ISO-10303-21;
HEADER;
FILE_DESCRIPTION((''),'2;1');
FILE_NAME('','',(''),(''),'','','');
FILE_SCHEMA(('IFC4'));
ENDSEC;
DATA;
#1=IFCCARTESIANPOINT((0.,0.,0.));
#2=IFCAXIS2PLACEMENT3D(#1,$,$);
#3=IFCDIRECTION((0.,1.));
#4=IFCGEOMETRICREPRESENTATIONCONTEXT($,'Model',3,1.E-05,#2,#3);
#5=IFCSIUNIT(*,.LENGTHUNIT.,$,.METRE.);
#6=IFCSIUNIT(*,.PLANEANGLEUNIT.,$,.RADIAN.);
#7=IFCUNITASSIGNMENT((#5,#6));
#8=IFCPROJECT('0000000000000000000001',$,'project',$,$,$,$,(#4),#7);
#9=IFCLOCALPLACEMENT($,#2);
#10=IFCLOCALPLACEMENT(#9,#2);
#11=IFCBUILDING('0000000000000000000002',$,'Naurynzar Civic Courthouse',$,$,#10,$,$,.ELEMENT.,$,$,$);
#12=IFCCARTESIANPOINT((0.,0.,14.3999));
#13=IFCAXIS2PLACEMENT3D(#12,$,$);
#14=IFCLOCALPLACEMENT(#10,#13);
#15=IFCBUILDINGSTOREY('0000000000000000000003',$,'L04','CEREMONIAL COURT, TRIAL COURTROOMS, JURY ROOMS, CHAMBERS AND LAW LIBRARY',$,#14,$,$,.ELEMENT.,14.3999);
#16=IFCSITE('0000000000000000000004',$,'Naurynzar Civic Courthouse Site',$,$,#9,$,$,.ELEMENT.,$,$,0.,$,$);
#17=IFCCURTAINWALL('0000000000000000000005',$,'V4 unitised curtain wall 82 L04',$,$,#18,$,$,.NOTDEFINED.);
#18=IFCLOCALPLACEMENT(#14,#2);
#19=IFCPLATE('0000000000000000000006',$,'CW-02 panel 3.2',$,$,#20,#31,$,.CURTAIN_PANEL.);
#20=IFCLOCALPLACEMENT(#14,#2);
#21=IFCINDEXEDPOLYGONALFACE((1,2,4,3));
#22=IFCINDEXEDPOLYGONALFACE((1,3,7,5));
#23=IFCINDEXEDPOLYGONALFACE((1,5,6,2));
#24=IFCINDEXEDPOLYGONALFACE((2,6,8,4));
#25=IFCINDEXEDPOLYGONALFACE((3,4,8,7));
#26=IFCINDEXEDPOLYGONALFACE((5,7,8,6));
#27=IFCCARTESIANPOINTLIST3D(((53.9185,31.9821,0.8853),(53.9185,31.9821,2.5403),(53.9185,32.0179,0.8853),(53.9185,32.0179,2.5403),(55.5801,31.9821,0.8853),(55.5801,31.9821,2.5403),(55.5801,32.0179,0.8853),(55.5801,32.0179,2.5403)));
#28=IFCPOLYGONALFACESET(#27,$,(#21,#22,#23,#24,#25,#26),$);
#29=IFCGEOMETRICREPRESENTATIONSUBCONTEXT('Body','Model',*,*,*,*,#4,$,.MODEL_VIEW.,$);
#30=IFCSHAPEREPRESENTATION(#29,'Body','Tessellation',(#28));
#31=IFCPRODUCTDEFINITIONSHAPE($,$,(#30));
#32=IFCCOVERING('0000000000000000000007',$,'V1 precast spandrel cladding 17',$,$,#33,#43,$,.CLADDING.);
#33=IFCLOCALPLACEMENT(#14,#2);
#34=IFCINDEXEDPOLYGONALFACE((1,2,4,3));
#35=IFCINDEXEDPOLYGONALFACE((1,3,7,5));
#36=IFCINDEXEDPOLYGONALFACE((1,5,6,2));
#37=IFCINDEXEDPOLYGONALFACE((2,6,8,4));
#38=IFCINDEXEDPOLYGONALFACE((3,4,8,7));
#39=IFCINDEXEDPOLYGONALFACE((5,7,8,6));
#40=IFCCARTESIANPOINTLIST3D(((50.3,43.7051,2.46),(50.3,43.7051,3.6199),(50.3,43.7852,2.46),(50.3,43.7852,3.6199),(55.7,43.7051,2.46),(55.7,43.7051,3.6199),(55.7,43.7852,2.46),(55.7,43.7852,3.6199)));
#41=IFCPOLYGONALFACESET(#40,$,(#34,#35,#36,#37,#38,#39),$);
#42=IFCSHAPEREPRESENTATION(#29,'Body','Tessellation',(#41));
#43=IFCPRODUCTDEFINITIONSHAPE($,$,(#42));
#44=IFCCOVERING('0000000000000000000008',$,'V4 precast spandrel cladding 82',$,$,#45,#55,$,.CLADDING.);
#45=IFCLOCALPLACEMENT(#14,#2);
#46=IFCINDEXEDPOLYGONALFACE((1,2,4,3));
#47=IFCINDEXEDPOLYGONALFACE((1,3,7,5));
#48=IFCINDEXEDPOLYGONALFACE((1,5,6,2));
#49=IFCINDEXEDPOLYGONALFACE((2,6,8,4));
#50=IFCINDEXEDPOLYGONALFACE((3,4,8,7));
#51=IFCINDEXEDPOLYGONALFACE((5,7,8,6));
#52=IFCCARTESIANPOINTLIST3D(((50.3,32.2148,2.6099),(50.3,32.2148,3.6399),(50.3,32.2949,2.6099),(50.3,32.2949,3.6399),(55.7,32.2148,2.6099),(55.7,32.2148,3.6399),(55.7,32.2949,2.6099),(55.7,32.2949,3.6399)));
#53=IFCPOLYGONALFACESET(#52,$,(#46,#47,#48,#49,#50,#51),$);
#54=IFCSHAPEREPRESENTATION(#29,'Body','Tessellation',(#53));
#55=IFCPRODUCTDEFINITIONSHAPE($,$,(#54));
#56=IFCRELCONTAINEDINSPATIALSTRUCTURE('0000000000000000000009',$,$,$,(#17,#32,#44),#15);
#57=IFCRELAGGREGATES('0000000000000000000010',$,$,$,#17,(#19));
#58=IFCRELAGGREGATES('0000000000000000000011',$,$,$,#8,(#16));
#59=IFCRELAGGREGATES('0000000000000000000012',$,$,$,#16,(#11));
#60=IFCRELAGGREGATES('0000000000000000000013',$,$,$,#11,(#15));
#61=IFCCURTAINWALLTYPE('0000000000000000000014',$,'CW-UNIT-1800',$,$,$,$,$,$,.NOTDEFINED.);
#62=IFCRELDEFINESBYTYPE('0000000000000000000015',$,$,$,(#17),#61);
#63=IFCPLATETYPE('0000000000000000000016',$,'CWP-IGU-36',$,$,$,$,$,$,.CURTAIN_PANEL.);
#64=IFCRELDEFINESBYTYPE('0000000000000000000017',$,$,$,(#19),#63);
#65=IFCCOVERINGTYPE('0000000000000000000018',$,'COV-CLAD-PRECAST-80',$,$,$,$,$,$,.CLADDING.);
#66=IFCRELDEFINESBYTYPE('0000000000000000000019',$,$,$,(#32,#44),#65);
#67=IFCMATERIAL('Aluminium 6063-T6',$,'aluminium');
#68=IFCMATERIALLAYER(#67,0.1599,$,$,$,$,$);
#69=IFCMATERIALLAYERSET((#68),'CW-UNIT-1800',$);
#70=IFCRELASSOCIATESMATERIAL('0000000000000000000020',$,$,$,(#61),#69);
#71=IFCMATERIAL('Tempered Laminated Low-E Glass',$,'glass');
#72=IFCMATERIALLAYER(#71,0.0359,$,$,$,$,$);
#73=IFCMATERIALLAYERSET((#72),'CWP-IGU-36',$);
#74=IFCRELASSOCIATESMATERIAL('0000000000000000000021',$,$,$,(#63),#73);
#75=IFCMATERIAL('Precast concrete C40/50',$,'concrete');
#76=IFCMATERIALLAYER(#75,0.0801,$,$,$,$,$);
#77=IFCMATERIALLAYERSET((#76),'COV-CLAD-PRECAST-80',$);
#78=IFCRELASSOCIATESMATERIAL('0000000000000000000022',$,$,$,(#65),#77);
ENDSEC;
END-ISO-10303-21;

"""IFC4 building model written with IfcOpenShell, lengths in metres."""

from ifc_helpers import new_model, si_unit, direction, frame, origin, origin_2d, place, context, subcontext, project, spatial, rectangle, extrude, material, layer, layer_set, type_object, element, aggregate, save


model = new_model("IFC4")

# Units and contexts
model_context = context("Model", 3, precision=1e-05, world=origin(), true_north=direction((0.0, 1.0)))
body_context = subcontext(model_context, "Body", "Model", "MODEL_VIEW")
ifc_project = project(units=[si_unit("LENGTHUNIT", "METRE"), si_unit("PLANEANGLEUNIT", "RADIAN")], contexts=[model_context])

# Site, building, storey
site_placement = place(None, origin())
site = spatial("IfcSite", under=ifc_project, at=site_placement, Name="Naurynzar Civic Courthouse Site", CompositionType="ELEMENT", RefElevation=0.0)
building_placement = place(site_placement, origin())
building = spatial("IfcBuilding", under=site, at=building_placement, Name="Naurynzar Civic Courthouse", CompositionType="ELEMENT")
storey_placement = place(building_placement, frame((0.0, 0.0, 14.3999)))
storey = spatial("IfcBuildingStorey", under=building, at=storey_placement, Name="L04", Description="CEREMONIAL COURT, TRIAL COURTROOMS, JURY ROOMS, CHAMBERS AND LAW LIBRARY", CompositionType="ELEMENT", Elevation=14.3999)

# Curtain wall
ifc_material_1 = material(Name="Aluminium 6063-T6", Category="aluminium")
ifc_layer_1 = layer(ifc_material_1, 0.1599)
ifc_layer_set_1 = layer_set([ifc_layer_1], Name="CW-UNIT-1800")
curtain_wall_type = type_object("IfcCurtainWallType", Name="CW-UNIT-1800", PredefinedType="NOTDEFINED", material=ifc_layer_set_1)
curtain_wall_1_placement = place(storey_placement, origin())
curtain_wall_1 = element("IfcCurtainWall", 1, at=curtain_wall_1_placement, inside=storey, type_object=curtain_wall_type, Name="V4 unitised curtain wall 82 L04", PredefinedType="NOTDEFINED")

# Plate
ifc_material_2 = material(Name="Tempered Laminated Low-E Glass", Category="glass")
ifc_layer_2 = layer(ifc_material_2, 0.0359)
ifc_layer_set_2 = layer_set([ifc_layer_2], Name="CWP-IGU-36")
plate_type = type_object("IfcPlateType", Name="CWP-IGU-36", PredefinedType="CURTAIN_PANEL", material=ifc_layer_set_2)
plate_1_placement = place(storey_placement, frame((54.7493, 32.0, 0.8853), z_axis=(0.0, 0.0, 1.0), x_axis=(1.0, 0.0, 0.0)))
plate_1 = element("IfcPlate", 2, at=plate_1_placement, type_object=plate_type, Name="CW-02 panel 3.2", PredefinedType="CURTAIN_PANEL", context=body_context, shape_type="SweptSolid", body=[
    extrude(rectangle(XDim=1.6616, YDim=0.0359, at=origin_2d()), origin(), (0.0, 0.0, 1.0), 1.655),
])
aggregate(curtain_wall_1, [plate_1])

# Coverings
ifc_material_3 = material(Name="Precast concrete C40/50", Category="concrete")
ifc_layer_3 = layer(ifc_material_3, 0.0801)
ifc_layer_set_3 = layer_set([ifc_layer_3], Name="COV-CLAD-PRECAST-80")
covering_type = type_object("IfcCoveringType", Name="COV-CLAD-PRECAST-80", PredefinedType="CLADDING", material=ifc_layer_set_3)
covering_1_placement = place(storey_placement, frame((53.0, 43.7451, 2.46), z_axis=(0.0, 0.0, 1.0), x_axis=(-1.0, 0.0, 0.0)))
element("IfcCovering", 3, at=covering_1_placement, inside=storey, type_object=covering_type, Name="V1 precast spandrel cladding 17", PredefinedType="CLADDING", context=body_context, shape_type="SweptSolid", body=[
    extrude(rectangle(XDim=5.3999, YDim=0.0801, at=origin_2d()), origin(), (0.0, 0.0, 1.0), 1.1599),
])
covering_2_placement = place(storey_placement, frame((53.0, 32.2549, 2.6099), z_axis=(0.0, 0.0, 1.0), x_axis=(1.0, 0.0, 0.0)))
element("IfcCovering", 4, at=covering_2_placement, inside=storey, type_object=covering_type, Name="V4 precast spandrel cladding 82", PredefinedType="CLADDING", context=body_context, shape_type="SweptSolid", body=[
    extrude(rectangle(XDim=5.3999, YDim=0.0801, at=origin_2d()), origin(), (0.0, 0.0, 1.0), 1.03),
])

save(model, "model.ifc")
